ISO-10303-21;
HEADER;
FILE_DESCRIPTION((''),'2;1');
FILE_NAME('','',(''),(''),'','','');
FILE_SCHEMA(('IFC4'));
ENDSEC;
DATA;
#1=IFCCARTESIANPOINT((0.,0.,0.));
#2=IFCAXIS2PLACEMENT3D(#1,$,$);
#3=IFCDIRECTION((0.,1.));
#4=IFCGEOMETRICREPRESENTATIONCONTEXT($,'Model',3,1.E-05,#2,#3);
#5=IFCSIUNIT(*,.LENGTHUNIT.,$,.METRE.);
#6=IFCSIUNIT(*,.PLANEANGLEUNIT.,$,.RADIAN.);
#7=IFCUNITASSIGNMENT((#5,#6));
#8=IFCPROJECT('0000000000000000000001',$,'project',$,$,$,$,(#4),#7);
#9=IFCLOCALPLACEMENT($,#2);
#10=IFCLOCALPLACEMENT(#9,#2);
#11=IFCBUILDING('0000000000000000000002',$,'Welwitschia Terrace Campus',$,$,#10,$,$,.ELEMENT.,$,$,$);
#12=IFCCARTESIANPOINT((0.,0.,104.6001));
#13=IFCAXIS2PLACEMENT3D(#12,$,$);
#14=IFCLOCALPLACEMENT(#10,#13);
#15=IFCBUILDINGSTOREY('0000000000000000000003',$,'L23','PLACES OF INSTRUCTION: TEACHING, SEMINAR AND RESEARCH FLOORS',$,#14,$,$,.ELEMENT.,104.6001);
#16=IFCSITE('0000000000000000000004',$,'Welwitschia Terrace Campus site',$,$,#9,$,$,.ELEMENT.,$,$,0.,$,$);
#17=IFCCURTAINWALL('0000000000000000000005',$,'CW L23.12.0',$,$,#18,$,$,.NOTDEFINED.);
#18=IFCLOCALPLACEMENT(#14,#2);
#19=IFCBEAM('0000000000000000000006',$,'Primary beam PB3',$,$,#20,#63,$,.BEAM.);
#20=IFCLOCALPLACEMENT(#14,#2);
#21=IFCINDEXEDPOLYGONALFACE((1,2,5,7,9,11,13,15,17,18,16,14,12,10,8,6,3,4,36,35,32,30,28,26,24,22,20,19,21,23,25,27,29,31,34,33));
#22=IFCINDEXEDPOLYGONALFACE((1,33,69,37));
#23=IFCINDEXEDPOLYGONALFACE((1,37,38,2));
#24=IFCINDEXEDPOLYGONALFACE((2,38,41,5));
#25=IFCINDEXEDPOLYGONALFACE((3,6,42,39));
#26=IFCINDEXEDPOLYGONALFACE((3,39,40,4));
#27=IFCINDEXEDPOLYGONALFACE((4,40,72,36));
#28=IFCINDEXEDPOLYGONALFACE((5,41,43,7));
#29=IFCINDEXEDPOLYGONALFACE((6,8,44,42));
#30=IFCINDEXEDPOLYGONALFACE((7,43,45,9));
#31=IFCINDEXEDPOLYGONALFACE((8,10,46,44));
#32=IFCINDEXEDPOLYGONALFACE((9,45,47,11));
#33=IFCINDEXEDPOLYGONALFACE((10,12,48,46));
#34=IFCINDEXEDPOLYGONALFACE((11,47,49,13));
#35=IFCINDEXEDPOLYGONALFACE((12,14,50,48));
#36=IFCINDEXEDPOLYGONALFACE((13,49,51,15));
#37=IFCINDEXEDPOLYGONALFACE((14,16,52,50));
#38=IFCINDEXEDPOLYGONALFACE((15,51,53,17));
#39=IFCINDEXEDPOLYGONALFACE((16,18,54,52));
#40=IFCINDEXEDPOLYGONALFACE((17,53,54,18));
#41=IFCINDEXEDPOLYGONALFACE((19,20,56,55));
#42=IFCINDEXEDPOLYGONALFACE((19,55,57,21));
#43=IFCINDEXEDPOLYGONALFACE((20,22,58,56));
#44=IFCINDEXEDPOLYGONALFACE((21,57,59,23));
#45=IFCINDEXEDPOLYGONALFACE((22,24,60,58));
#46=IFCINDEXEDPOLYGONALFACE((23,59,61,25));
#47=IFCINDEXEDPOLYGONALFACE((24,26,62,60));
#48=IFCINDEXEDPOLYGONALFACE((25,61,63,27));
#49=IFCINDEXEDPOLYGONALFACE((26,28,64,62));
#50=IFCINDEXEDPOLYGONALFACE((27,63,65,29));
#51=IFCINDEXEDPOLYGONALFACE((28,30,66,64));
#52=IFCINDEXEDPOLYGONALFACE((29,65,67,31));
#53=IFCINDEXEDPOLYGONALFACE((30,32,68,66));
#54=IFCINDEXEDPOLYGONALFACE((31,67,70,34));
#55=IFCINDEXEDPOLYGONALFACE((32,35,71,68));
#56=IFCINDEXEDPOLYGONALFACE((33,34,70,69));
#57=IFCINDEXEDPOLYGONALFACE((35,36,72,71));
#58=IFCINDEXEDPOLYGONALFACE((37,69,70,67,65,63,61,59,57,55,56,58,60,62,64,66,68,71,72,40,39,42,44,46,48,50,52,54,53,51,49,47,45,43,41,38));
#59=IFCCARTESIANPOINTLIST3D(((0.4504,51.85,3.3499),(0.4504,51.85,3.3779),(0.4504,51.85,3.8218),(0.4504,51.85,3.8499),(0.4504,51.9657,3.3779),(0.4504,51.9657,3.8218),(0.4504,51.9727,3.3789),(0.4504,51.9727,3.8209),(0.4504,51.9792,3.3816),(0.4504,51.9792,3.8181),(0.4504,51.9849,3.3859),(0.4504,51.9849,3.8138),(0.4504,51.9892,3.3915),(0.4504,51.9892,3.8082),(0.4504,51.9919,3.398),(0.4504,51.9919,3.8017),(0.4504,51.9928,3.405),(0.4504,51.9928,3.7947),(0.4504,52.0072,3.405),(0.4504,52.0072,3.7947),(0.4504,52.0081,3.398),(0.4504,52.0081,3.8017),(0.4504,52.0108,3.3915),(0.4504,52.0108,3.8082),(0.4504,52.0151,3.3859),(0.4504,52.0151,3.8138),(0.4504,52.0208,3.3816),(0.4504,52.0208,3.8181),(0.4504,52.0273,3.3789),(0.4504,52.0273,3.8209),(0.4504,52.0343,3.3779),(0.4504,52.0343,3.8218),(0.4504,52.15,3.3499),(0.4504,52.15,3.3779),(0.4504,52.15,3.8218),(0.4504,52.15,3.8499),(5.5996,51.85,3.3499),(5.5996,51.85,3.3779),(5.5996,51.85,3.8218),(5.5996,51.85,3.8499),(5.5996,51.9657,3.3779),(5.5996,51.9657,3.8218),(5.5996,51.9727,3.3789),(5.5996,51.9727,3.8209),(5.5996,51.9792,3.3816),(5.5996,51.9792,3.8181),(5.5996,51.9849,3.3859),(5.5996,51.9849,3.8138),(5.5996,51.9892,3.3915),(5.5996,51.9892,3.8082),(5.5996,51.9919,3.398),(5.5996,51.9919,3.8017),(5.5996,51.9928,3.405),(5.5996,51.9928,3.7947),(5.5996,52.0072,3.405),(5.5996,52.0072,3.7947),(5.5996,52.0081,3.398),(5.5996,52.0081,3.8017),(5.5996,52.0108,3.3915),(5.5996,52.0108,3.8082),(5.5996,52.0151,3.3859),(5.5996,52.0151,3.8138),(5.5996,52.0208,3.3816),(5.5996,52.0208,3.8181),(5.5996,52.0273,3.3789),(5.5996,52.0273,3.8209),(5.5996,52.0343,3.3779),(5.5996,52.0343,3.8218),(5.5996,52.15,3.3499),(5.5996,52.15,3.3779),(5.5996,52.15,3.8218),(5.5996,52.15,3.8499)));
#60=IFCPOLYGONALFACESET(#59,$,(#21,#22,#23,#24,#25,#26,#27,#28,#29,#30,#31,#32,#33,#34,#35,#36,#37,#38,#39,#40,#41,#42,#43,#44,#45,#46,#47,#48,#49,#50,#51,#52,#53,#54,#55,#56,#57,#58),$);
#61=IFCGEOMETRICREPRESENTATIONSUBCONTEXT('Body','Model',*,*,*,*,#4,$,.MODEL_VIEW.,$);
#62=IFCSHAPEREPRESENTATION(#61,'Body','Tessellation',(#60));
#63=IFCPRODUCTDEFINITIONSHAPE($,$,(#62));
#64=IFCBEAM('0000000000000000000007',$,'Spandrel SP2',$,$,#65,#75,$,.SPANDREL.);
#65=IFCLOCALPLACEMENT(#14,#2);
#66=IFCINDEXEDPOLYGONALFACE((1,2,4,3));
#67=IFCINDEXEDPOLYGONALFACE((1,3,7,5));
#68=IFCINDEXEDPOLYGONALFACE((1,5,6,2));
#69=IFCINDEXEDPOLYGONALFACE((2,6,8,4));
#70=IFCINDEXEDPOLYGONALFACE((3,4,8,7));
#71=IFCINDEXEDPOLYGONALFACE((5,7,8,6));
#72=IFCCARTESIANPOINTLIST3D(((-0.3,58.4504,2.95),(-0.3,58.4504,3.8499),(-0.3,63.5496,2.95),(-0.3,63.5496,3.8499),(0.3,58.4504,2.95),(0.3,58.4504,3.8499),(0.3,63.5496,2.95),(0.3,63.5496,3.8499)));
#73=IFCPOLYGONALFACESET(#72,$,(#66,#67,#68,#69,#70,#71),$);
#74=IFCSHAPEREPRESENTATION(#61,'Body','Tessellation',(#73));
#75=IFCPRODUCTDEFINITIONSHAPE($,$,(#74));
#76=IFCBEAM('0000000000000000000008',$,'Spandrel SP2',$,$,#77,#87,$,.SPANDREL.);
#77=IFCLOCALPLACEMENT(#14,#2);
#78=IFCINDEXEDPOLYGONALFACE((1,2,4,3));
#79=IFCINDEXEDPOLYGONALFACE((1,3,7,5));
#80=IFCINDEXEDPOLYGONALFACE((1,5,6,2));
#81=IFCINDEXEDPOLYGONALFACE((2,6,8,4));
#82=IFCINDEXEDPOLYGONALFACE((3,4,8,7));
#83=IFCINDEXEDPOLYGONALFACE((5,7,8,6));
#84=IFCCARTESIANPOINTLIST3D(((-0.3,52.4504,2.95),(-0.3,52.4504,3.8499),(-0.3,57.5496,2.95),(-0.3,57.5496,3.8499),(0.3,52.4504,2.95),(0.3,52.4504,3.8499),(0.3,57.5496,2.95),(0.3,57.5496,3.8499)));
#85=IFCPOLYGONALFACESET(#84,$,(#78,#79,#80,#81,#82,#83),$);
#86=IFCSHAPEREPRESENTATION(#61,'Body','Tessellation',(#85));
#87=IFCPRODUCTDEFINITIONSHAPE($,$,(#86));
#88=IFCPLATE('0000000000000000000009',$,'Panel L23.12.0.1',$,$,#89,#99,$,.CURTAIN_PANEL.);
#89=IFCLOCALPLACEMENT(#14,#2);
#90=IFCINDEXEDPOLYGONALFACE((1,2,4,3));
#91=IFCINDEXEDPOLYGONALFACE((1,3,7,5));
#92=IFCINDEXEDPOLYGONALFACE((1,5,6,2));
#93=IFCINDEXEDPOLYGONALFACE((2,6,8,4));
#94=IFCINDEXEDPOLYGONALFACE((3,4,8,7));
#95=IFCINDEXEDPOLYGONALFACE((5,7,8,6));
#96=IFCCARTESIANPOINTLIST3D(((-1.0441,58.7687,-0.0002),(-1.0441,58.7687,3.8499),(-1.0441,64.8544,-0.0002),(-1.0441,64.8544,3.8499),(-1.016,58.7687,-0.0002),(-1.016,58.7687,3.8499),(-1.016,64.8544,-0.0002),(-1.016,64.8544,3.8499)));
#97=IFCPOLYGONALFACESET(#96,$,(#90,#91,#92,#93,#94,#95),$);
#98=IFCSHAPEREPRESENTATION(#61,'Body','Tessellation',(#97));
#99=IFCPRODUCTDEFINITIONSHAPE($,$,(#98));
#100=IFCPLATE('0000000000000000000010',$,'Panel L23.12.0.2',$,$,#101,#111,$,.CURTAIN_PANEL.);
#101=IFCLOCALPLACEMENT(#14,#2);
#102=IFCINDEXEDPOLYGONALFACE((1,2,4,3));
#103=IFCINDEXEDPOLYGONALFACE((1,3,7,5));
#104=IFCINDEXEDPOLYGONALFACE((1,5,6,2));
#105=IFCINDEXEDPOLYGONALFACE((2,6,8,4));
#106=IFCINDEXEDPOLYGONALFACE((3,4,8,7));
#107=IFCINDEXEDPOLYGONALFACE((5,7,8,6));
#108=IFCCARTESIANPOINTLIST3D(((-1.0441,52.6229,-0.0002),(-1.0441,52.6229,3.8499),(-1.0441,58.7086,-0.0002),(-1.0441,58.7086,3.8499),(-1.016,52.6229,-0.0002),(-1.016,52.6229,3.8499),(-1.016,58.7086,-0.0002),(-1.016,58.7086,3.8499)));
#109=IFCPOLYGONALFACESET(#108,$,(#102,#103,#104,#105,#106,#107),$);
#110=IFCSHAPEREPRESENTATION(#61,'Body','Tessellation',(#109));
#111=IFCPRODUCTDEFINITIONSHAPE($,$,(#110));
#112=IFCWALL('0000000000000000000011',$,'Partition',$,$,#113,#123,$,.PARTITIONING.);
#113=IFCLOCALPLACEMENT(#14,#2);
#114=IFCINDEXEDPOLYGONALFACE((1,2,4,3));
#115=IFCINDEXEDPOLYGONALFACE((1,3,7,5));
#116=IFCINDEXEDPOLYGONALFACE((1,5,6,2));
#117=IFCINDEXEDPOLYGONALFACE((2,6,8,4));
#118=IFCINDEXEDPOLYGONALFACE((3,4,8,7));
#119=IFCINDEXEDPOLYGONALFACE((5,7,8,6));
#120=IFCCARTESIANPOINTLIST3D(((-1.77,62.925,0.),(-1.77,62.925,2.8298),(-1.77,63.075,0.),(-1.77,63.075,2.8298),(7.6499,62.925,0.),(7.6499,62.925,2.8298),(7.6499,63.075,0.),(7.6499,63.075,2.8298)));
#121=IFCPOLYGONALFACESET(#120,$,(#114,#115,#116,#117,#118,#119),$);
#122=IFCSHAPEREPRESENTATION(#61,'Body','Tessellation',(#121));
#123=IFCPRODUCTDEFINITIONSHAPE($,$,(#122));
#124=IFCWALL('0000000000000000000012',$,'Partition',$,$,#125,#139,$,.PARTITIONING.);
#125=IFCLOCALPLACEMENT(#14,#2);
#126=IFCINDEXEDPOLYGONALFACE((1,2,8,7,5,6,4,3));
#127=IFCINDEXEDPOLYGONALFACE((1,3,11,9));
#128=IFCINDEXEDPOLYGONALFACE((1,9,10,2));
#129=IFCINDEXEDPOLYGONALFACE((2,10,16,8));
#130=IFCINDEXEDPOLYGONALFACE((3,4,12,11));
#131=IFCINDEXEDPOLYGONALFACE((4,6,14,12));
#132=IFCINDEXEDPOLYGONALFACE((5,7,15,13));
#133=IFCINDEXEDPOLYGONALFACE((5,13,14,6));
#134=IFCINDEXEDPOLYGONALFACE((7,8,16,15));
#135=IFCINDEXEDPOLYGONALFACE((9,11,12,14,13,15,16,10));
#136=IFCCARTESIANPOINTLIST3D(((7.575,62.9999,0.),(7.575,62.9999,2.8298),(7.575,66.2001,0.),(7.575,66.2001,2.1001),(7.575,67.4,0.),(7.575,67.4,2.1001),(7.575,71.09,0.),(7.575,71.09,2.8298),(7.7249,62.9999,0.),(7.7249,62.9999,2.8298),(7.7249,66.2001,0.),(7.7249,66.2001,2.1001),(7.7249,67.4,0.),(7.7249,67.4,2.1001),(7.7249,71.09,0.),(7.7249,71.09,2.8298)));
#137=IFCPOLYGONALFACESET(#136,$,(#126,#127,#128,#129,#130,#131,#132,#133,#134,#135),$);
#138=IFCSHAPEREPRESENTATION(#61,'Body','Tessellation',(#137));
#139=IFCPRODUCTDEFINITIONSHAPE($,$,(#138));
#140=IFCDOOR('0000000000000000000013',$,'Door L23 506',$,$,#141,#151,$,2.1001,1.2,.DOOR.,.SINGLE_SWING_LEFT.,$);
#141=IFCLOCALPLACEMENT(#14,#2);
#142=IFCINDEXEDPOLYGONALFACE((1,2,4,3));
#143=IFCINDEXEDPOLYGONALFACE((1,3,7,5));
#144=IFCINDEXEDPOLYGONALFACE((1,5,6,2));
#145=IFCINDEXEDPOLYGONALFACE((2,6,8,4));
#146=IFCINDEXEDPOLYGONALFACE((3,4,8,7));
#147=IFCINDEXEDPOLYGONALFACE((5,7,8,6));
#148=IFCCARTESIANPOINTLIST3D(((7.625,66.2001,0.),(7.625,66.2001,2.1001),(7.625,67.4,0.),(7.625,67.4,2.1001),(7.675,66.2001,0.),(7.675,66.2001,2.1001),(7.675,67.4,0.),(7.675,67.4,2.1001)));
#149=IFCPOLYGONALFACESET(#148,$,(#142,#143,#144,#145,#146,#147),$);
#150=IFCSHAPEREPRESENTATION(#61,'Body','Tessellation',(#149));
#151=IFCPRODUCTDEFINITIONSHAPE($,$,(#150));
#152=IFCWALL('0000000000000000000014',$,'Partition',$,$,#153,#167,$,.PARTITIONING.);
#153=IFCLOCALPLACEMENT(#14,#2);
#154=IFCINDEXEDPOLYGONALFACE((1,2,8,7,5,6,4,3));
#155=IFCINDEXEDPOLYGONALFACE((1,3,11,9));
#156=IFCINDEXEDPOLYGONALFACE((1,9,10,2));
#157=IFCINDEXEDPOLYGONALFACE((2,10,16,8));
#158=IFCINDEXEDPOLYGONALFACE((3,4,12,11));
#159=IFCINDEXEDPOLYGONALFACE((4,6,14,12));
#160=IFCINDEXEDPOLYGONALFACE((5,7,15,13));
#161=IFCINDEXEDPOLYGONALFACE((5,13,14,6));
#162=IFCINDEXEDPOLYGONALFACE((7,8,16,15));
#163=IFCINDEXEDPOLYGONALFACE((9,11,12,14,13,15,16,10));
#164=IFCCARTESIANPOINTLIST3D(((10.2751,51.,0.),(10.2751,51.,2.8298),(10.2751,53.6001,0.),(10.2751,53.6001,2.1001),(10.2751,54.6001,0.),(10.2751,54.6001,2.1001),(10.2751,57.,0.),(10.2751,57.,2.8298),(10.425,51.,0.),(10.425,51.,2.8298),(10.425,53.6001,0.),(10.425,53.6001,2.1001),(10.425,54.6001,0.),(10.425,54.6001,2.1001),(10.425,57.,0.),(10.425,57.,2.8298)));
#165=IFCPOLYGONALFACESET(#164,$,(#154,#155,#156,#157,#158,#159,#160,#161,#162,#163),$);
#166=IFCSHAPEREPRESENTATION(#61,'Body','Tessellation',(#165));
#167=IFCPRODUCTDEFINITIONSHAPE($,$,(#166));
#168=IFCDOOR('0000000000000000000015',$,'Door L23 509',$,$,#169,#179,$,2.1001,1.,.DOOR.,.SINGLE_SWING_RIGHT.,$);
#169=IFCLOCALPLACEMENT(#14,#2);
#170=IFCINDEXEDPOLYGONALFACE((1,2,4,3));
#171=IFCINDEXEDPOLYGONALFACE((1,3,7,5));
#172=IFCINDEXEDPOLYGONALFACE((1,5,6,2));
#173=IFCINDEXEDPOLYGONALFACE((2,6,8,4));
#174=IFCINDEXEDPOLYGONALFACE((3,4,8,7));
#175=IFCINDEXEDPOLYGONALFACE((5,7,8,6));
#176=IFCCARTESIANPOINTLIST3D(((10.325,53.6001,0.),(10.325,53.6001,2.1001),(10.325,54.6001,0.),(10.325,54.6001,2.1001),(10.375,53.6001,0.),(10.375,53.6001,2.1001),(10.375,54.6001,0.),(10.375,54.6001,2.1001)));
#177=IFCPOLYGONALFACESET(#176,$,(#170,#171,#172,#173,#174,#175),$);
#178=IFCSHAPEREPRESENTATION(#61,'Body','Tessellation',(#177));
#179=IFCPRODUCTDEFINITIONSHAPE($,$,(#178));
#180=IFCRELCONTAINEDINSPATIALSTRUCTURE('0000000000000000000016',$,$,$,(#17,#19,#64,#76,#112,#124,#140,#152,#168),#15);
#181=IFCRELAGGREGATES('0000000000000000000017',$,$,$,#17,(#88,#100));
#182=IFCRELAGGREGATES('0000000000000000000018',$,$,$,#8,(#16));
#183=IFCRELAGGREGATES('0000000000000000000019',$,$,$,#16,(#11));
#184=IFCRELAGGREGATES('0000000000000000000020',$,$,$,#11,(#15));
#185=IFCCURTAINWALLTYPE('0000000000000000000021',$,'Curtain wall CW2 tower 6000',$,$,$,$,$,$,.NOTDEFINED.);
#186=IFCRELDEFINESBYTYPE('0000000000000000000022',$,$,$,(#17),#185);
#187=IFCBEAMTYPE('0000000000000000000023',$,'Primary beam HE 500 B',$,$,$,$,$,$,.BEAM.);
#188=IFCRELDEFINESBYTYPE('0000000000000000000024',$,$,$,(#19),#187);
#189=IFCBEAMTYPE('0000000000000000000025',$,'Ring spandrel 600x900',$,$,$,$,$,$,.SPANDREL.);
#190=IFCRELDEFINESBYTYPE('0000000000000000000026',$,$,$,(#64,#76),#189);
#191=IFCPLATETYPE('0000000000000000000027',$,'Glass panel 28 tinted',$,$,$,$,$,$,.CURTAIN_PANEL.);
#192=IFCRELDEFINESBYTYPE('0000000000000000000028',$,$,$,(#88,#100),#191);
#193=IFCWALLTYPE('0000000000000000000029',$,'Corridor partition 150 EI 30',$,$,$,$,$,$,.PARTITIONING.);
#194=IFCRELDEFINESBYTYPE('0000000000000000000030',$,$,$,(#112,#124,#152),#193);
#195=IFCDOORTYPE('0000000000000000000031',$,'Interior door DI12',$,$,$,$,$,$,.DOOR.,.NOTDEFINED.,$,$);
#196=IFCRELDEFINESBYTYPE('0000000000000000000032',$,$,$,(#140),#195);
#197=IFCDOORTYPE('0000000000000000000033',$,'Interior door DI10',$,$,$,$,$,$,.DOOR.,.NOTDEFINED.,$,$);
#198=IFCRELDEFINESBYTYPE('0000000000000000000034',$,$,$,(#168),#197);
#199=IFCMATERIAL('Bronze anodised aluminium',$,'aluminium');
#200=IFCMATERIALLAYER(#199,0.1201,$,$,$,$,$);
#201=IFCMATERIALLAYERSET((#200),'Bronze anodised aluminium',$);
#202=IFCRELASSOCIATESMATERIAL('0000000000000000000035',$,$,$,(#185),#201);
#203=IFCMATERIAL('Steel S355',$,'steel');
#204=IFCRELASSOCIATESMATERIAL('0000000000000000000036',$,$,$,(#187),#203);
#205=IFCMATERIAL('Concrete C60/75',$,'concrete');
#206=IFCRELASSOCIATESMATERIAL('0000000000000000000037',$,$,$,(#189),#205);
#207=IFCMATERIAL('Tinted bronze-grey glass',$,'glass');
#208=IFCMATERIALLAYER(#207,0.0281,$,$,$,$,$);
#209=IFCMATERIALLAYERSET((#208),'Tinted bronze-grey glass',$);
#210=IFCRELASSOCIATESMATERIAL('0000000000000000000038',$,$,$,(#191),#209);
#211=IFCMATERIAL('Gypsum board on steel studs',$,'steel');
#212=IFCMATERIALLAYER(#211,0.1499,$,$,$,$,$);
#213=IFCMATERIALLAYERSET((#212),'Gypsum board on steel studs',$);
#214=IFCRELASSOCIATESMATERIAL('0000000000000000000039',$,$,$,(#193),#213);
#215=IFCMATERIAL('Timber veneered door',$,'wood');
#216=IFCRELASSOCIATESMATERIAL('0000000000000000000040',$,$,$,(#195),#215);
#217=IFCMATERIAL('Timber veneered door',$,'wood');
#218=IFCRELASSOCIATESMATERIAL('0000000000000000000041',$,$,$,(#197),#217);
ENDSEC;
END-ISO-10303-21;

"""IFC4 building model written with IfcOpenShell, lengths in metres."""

from ifc_helpers import new_model, si_unit, direction, frame, frame_2d, origin, origin_2d, place, context, subcontext, project, spatial, rectangle, i_section, extrude, material, layer, layer_set, material_profile, profile_set, type_object, element, fill, aggregate, save


model = new_model("IFC4")

# Units and contexts
model_context = context("Model", 3, precision=1e-05, world=origin(), true_north=direction((0.0, 1.0)))
body_context = subcontext(model_context, "Body", "Model", "MODEL_VIEW")
ifc_project = project(units=[si_unit("LENGTHUNIT", "METRE"), si_unit("PLANEANGLEUNIT", "RADIAN")], contexts=[model_context])

# Site, building, storey
site_placement = place(None, origin())
site = spatial("IfcSite", under=ifc_project, at=site_placement, Name="Welwitschia Terrace Campus site", CompositionType="ELEMENT", RefElevation=0.0)
building_placement = place(site_placement, origin())
building = spatial("IfcBuilding", under=site, at=building_placement, Name="Welwitschia Terrace Campus", CompositionType="ELEMENT")
storey_placement = place(building_placement, frame((0.0, 0.0, 104.6001)))
storey = spatial("IfcBuildingStorey", under=building, at=storey_placement, Name="L23", Description="PLACES OF INSTRUCTION: TEACHING, SEMINAR AND RESEARCH FLOORS", CompositionType="ELEMENT", Elevation=104.6001)

# Curtain wall
ifc_material_1 = material(Name="Bronze anodised aluminium", Category="aluminium")
ifc_layer_1 = layer(ifc_material_1, 0.1201)
ifc_layer_set_1 = layer_set([ifc_layer_1], Name="Bronze anodised aluminium")
curtain_wall_type = type_object("IfcCurtainWallType", Name="Curtain wall CW2 tower 6000", PredefinedType="NOTDEFINED", material=ifc_layer_set_1)
curtain_wall_placement = place(storey_placement, origin())
curtain_wall = element("IfcCurtainWall", 1, at=curtain_wall_placement, inside=storey, type_object=curtain_wall_type, Name="CW L23.12.0", PredefinedType="NOTDEFINED")

# Beams
ifc_material_2 = material(Name="Steel S355", Category="steel")
ifc_material_profile_1 = material_profile(ifc_material_2, i_section(OverallWidth=0.3, OverallDepth=0.5, WebThickness=0.0144, FlangeThickness=0.0281, FilletRadius=0.0271, at=origin_2d()))
ifc_profile_set_1 = profile_set([ifc_material_profile_1], Name="Steel S355")
beam_type_1 = type_object("IfcBeamType", Name="Primary beam HE 500 B", PredefinedType="BEAM", material=ifc_profile_set_1)
for number, where, z_axis, x_axis, name in (
    (2, (0.4504, 52.0, 3.5999), (1.0, 0.0, 0.0), (0.0, 1.0, 0.0), "Primary beam PB3"),
):
    element("IfcBeam", number, at=place(storey_placement, frame(where, z_axis=z_axis, x_axis=x_axis)), inside=storey, type_object=beam_type_1, Name=name, PredefinedType="BEAM", context=body_context, shape_type="SweptSolid", body=[
        extrude(i_section(OverallWidth=0.3, OverallDepth=0.5, WebThickness=0.0144, FlangeThickness=0.0281, FilletRadius=0.0271, at=origin_2d()), origin(), (0.0, 0.0, 1.0), 5.1492),
    ])
ifc_material_3 = material(Name="Concrete C60/75", Category="concrete")
ifc_material_profile_2 = material_profile(ifc_material_3, rectangle(XDim=0.6001, YDim=0.8999, at=origin_2d()))
ifc_profile_set_2 = profile_set([ifc_material_profile_2], Name="Concrete C60/75")
beam_type_2 = type_object("IfcBeamType", Name="Ring spandrel 600x900", PredefinedType="SPANDREL", material=ifc_profile_set_2)
for number, where, z_axis, x_axis, name in (
    (3, (0.0, 63.5496, 3.3999), (0.0, -1.0, 0.0), (1.0, 0.0, 0.0), "Spandrel SP2"),
    (4, (0.0, 57.5496, 3.3999), (0.0, -1.0, 0.0), (1.0, 0.0, 0.0), "Spandrel SP2"),
):
    element("IfcBeam", number, at=place(storey_placement, frame(where, z_axis=z_axis, x_axis=x_axis)), inside=storey, type_object=beam_type_2, Name=name, PredefinedType="SPANDREL", context=body_context, shape_type="SweptSolid", body=[
        extrude(rectangle(XDim=0.6001, YDim=0.8999, at=origin_2d()), origin(), (0.0, 0.0, 1.0), 5.0991),
    ])

# Plates
ifc_material_4 = material(Name="Tinted bronze-grey glass", Category="glass")
ifc_layer_2 = layer(ifc_material_4, 0.0281)
ifc_layer_set_2 = layer_set([ifc_layer_2], Name="Tinted bronze-grey glass")
plate_type = type_object("IfcPlateType", Name="Glass panel 28 tinted", PredefinedType="CURTAIN_PANEL", material=ifc_layer_set_2)
plate_1_placement = place(storey_placement, frame((-1.03, 61.8115, -0.0002), z_axis=(0.0, 0.0, 1.0), x_axis=(0.0, -1.0, 0.0)))
plate_1 = element("IfcPlate", 5, at=plate_1_placement, type_object=plate_type, Name="Panel L23.12.0.1", PredefinedType="CURTAIN_PANEL", context=body_context, shape_type="SweptSolid", body=[
    extrude(rectangle(XDim=6.0857, YDim=0.0281, at=origin_2d()), origin(), (0.0, 0.0, 1.0), 3.8501),
])
plate_2_placement = place(storey_placement, frame((-1.03, 55.6658, -0.0002), z_axis=(0.0, 0.0, 1.0), x_axis=(0.0, -1.0, 0.0)))
plate_2 = element("IfcPlate", 6, at=plate_2_placement, type_object=plate_type, Name="Panel L23.12.0.2", PredefinedType="CURTAIN_PANEL", context=body_context, shape_type="SweptSolid", body=[
    extrude(rectangle(XDim=6.0857, YDim=0.0281, at=origin_2d()), origin(), (0.0, 0.0, 1.0), 3.8501),
])
aggregate(curtain_wall, [plate_1, plate_2])

# Wall
ifc_material_5 = material(Name="Gypsum board on steel studs", Category="steel")
ifc_layer_3 = layer(ifc_material_5, 0.1499)
ifc_layer_set_3 = layer_set([ifc_layer_3], Name="Gypsum board on steel studs")
wall_type = type_object("IfcWallType", Name="Corridor partition 150 EI 30", PredefinedType="PARTITIONING", material=ifc_layer_set_3)
wall_1_placement = place(storey_placement, frame((-1.77, 63.0, 0.0), z_axis=(0.0, 0.0, 1.0), x_axis=(1.0, 0.0, 0.0)))
element("IfcWall", 7, at=wall_1_placement, inside=storey, type_object=wall_type, Name="Partition", PredefinedType="PARTITIONING", context=body_context, shape_type="SweptSolid", body=[
    extrude(rectangle(XDim=9.4199, YDim=0.1499, at=frame_2d((4.71, 0.0))), origin(), (0.0, 0.0, 1.0), 2.8298),
])

# Walls, openings, doors
wall_2_placement = place(storey_placement, frame((7.6499, 63.0, 0.0), z_axis=(0.0, 0.0, 1.0), x_axis=(0.0, 1.0, 0.0)))
wall_2 = element("IfcWall", 8, at=wall_2_placement, inside=storey, type_object=wall_type, Name="Partition", PredefinedType="PARTITIONING", context=body_context, shape_type="SweptSolid", body=[
    extrude(rectangle(XDim=8.0901, YDim=0.1499, at=frame_2d((4.0449, 0.0))), origin(), (0.0, 0.0, 1.0), 2.8298),
])
opening_1_placement = place(wall_2_placement, frame((3.2, 0.0, 0.0)))
opening_1 = element("IfcOpeningElement", 9, at=opening_1_placement, cuts=wall_2, PredefinedType="OPENING", context=body_context, shape_type="SweptSolid", body=[
    extrude(rectangle(XDim=1.2, YDim=2.1001, at=frame_2d((0.6001, 1.05))), frame((0.0, 0.085, 0.0), z_axis=(0.0, -1.0, 0.0), x_axis=(1.0, 0.0, 0.0)), (0.0, 0.0, 1.0), 0.1699),
])
ifc_material_6 = material(Name="Timber veneered door", Category="wood")
door_type_1 = type_object("IfcDoorType", Name="Interior door DI12", OperationType="NOTDEFINED", PredefinedType="DOOR", material=ifc_material_6)
door_1_placement = place(opening_1_placement, origin())
door_1 = element("IfcDoor", 10, at=door_1_placement, inside=storey, type_object=door_type_1, Name="Door L23 506", OperationType="SINGLE_SWING_LEFT", OverallHeight=2.1001, OverallWidth=1.2, PredefinedType="DOOR", context=body_context, shape_type="SweptSolid", body=[
    extrude(rectangle(XDim=1.2, YDim=2.1001, at=frame_2d((0.6001, 1.05))), frame((0.0, 0.0249, 0.0), z_axis=(0.0, -1.0, 0.0), x_axis=(1.0, 0.0, 0.0)), (0.0, 0.0, 1.0), 0.05),
])
fill(opening_1, door_1)
wall_3_placement = place(storey_placement, frame((10.3501, 57.0, 0.0), z_axis=(0.0, 0.0, 1.0), x_axis=(0.0, -1.0, 0.0)))
wall_3 = element("IfcWall", 11, at=wall_3_placement, inside=storey, type_object=wall_type, Name="Partition", PredefinedType="PARTITIONING", context=body_context, shape_type="SweptSolid", body=[
    extrude(rectangle(XDim=6.0, YDim=0.1499, at=frame_2d((3.0, 0.0))), origin(), (0.0, 0.0, 1.0), 2.8298),
])
opening_2_placement = place(wall_3_placement, frame((2.3999, 0.0, 0.0)))
opening_2 = element("IfcOpeningElement", 12, at=opening_2_placement, cuts=wall_3, PredefinedType="OPENING", context=body_context, shape_type="SweptSolid", body=[
    extrude(rectangle(XDim=1.0, YDim=2.1001, at=frame_2d((0.5, 1.05))), frame((0.0, 0.085, 0.0), z_axis=(0.0, -1.0, 0.0), x_axis=(1.0, 0.0, 0.0)), (0.0, 0.0, 1.0), 0.1699),
])
ifc_material_7 = material(Name="Timber veneered door", Category="wood")
door_type_2 = type_object("IfcDoorType", Name="Interior door DI10", OperationType="NOTDEFINED", PredefinedType="DOOR", material=ifc_material_7)
door_2_placement = place(opening_2_placement, origin())
door_2 = element("IfcDoor", 13, at=door_2_placement, inside=storey, type_object=door_type_2, Name="Door L23 509", OperationType="SINGLE_SWING_RIGHT", OverallHeight=2.1001, OverallWidth=1.0, PredefinedType="DOOR", context=body_context, shape_type="SweptSolid", body=[
    extrude(rectangle(XDim=1.0, YDim=2.1001, at=frame_2d((0.5, 1.05))), frame((0.0, 0.0249, 0.0), z_axis=(0.0, -1.0, 0.0), x_axis=(1.0, 0.0, 0.0)), (0.0, 0.0, 1.0), 0.05),
])
fill(opening_2, door_2)

save(model, "model.ifc")
